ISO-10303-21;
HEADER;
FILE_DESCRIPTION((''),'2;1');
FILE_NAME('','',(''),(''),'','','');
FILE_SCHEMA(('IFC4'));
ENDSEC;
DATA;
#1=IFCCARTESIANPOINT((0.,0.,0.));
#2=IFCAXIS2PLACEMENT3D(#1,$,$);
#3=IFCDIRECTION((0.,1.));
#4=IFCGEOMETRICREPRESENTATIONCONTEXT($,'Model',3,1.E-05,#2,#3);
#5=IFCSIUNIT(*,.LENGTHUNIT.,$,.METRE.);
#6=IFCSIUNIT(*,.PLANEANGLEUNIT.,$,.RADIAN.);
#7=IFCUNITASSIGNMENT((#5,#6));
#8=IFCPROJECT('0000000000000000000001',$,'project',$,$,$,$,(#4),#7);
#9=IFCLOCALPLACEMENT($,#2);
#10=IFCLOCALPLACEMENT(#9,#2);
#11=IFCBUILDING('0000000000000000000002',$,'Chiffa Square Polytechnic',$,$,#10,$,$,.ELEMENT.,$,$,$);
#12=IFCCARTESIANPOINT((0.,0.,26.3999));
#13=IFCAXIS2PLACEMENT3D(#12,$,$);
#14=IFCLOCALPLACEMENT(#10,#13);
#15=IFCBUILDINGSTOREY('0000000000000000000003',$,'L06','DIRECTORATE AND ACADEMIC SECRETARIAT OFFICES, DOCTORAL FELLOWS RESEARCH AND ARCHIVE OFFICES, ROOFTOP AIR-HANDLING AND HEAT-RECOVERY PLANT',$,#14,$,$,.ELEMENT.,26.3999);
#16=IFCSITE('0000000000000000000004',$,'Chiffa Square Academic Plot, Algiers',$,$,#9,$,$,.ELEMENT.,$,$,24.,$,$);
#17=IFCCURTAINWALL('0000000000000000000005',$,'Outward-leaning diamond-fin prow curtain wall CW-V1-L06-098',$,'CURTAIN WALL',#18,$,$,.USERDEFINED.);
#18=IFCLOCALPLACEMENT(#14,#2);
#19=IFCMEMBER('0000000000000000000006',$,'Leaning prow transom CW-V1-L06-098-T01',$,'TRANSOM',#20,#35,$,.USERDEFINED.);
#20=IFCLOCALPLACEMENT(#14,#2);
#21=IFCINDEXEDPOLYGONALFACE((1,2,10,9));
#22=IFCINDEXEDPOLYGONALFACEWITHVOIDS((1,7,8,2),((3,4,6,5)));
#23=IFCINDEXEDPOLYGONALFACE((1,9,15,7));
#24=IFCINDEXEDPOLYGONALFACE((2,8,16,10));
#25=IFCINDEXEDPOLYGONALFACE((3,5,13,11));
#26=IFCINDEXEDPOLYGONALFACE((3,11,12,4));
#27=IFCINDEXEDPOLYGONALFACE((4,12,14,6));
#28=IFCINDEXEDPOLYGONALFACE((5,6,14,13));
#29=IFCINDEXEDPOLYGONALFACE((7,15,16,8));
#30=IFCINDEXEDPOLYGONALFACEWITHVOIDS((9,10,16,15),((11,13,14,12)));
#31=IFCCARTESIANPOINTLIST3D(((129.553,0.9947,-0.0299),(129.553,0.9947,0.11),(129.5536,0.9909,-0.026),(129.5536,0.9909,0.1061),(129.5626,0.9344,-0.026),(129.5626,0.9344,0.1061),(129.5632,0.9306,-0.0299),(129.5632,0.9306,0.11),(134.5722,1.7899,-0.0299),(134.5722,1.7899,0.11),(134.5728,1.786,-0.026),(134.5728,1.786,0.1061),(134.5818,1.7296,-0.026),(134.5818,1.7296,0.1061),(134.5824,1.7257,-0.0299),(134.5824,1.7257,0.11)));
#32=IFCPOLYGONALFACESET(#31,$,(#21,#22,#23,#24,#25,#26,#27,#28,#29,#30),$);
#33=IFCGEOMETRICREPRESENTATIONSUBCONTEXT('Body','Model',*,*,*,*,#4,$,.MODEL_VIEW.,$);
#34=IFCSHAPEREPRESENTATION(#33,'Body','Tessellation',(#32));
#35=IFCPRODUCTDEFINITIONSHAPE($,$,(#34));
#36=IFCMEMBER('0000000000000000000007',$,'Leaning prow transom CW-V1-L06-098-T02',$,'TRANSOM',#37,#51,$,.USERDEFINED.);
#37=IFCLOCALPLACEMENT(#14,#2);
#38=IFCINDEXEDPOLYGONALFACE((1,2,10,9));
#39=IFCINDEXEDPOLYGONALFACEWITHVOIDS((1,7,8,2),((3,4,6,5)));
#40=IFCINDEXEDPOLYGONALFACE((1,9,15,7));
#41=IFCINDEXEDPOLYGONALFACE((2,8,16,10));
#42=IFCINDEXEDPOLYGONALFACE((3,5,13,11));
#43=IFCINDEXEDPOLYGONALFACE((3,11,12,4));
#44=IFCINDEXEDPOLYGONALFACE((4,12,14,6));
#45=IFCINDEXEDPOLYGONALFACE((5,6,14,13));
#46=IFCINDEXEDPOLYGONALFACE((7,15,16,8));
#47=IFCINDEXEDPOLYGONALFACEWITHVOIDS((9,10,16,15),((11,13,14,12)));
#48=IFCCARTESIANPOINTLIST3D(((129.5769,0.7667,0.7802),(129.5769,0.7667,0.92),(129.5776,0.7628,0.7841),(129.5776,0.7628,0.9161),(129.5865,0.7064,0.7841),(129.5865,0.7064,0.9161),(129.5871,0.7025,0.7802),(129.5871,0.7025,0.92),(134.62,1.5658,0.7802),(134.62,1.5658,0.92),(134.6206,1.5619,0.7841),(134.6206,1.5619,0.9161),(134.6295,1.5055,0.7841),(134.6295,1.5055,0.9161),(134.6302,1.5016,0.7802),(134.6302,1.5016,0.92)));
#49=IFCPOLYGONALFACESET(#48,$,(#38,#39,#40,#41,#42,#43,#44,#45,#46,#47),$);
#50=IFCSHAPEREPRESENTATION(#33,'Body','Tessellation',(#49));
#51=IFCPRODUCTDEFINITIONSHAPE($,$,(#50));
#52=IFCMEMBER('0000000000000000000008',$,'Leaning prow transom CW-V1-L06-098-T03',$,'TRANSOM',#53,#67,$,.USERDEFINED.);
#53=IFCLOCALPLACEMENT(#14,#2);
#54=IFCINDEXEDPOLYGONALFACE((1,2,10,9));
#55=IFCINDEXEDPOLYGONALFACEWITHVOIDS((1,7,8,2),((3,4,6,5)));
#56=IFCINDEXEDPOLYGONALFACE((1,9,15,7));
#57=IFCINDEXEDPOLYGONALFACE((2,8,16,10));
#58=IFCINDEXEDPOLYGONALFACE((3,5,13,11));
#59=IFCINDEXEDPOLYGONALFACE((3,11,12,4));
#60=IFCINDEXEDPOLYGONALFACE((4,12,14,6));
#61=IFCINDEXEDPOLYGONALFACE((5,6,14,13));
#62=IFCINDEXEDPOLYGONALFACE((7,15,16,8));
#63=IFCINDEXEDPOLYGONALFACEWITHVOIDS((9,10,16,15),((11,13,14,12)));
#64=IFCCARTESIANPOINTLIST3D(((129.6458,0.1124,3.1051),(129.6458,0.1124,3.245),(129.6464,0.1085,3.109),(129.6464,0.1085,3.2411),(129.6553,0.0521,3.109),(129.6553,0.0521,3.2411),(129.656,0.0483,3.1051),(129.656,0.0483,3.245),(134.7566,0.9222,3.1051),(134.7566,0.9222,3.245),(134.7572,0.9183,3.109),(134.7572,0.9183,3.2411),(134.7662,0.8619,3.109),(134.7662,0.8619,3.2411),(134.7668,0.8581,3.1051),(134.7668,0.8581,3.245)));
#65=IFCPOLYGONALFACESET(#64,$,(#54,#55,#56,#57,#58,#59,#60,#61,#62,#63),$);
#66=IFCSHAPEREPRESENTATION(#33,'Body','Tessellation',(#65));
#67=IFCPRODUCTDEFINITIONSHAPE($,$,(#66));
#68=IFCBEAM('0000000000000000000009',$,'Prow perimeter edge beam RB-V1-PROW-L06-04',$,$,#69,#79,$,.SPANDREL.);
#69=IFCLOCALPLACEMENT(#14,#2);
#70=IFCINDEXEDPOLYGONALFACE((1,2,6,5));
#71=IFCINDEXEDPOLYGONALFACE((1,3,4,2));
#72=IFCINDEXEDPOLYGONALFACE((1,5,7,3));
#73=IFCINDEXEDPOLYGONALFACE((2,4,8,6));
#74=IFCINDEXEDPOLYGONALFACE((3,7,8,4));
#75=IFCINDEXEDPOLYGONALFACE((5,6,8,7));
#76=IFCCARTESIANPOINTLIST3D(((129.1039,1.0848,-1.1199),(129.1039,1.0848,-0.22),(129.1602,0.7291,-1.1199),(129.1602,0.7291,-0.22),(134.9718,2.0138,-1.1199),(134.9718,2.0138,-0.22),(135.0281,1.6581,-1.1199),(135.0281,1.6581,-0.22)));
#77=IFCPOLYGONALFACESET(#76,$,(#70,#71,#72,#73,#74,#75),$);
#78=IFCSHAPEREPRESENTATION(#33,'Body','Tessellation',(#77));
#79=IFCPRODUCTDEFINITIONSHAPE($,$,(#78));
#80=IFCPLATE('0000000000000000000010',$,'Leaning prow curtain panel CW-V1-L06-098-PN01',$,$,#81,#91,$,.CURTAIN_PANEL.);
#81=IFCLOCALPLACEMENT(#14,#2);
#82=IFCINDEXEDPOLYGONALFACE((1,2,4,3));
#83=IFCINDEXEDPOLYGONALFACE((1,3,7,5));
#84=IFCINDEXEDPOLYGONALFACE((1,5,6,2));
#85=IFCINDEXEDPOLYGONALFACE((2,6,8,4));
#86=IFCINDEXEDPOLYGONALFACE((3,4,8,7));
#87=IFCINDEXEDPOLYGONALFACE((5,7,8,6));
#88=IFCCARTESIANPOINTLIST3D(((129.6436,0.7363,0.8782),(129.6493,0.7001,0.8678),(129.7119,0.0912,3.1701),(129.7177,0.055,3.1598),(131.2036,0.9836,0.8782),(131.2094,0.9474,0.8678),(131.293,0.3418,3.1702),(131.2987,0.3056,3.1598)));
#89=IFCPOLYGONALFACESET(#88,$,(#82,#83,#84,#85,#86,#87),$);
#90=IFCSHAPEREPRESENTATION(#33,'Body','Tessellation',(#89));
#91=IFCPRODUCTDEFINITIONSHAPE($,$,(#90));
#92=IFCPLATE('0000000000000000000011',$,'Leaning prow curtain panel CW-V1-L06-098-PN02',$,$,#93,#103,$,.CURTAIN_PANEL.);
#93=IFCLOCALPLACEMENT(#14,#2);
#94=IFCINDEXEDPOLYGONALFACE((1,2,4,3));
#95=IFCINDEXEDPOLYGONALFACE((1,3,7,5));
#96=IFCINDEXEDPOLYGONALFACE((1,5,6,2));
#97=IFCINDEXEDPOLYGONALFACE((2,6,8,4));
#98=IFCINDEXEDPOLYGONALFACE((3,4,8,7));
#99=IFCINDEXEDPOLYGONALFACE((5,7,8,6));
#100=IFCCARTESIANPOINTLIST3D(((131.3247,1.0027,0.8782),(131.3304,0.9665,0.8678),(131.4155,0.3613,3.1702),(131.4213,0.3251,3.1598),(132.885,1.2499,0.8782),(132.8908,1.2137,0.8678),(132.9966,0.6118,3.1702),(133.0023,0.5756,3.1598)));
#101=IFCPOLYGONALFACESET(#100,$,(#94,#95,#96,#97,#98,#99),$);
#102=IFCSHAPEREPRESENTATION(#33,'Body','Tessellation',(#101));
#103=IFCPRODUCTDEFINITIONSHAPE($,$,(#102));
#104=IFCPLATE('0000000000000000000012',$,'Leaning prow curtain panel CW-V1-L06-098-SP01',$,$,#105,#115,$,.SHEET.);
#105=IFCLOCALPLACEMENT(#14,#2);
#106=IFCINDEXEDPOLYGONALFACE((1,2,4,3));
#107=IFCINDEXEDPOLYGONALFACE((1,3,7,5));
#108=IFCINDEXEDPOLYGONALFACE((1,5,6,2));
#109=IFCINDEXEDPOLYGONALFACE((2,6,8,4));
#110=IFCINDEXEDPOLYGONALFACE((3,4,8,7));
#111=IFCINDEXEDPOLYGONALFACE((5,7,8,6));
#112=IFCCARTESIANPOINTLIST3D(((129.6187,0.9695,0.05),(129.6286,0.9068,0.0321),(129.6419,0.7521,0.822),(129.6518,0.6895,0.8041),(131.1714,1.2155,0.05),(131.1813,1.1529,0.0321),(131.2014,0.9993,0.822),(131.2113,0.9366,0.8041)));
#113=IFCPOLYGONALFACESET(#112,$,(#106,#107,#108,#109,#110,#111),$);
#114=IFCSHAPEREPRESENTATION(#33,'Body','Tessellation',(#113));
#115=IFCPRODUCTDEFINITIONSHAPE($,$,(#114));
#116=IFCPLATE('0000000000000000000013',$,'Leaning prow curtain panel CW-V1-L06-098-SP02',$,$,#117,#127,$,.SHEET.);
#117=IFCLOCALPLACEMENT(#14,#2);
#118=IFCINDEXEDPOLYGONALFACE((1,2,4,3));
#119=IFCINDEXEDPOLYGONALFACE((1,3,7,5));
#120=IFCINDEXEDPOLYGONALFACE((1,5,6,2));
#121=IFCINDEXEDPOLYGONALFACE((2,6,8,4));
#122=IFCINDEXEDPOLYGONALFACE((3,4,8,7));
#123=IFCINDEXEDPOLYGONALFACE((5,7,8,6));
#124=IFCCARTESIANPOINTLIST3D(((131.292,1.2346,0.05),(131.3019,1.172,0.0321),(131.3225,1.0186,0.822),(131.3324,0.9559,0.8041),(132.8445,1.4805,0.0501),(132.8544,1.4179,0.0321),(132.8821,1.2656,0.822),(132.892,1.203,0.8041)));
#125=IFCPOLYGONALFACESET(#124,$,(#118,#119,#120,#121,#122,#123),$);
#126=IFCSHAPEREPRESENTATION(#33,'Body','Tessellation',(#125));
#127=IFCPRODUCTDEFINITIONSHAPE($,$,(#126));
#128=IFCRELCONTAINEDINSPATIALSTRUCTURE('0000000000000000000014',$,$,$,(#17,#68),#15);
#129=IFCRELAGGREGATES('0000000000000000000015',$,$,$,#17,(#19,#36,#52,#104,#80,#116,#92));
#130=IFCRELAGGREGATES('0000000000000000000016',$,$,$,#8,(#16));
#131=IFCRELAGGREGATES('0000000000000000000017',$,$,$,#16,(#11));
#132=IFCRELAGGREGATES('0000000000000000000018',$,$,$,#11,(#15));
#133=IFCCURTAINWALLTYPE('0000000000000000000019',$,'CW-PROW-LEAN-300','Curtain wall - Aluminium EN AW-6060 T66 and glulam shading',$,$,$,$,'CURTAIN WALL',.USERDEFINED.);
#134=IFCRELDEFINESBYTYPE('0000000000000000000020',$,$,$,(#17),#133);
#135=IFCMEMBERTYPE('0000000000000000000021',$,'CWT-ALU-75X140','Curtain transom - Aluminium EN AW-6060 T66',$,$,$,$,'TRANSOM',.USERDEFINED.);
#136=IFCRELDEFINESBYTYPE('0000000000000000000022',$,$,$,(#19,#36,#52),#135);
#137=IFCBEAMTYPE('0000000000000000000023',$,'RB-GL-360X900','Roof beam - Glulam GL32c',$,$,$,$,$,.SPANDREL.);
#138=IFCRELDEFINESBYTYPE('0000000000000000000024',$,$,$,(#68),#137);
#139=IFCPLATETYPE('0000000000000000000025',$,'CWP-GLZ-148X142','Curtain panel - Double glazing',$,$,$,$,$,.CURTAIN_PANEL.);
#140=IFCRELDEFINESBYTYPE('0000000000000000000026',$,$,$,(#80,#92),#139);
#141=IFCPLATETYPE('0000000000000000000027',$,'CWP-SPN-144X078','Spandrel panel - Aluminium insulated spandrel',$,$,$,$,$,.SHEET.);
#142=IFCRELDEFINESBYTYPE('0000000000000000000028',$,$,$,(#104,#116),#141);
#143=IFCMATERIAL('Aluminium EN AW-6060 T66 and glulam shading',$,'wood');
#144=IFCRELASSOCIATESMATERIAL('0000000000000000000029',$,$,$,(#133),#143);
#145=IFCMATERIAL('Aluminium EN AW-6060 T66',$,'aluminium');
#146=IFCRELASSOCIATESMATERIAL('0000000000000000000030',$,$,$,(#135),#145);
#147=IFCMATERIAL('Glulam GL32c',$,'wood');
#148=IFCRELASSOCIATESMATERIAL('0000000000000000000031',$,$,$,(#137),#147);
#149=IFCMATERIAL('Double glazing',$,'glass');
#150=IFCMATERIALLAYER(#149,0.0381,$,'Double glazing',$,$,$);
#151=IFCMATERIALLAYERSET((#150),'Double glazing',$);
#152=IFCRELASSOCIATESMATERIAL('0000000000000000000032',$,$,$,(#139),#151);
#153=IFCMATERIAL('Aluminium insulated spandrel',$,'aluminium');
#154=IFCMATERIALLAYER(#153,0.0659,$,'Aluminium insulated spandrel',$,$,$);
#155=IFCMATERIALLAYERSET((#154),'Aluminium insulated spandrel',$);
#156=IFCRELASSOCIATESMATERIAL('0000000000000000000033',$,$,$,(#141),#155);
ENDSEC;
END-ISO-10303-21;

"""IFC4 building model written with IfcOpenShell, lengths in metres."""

from ifc_helpers import new_model, si_unit, direction, frame, origin, origin_2d, place, context, subcontext, project, spatial, polyline, rectangle, hollow_rectangle, outline, extrude, material, layer, layer_set, material_profile, profile_set, type_object, element, aggregate, save


model = new_model("IFC4")

# Units and contexts
model_context = context("Model", 3, precision=1e-05, world=origin(), true_north=direction((0.0, 1.0)))
body_context = subcontext(model_context, "Body", "Model", "MODEL_VIEW")
ifc_project = project(units=[si_unit("LENGTHUNIT", "METRE"), si_unit("PLANEANGLEUNIT", "RADIAN")], contexts=[model_context])

# Site, building, storey
site_placement = place(None, origin())
site = spatial("IfcSite", under=ifc_project, at=site_placement, Name="Chiffa Square Academic Plot, Algiers", CompositionType="ELEMENT", RefElevation=24.0)
building_placement = place(site_placement, origin())
building = spatial("IfcBuilding", under=site, at=building_placement, Name="Chiffa Square Polytechnic", CompositionType="ELEMENT")
storey_placement = place(building_placement, frame((0.0, 0.0, 26.3999)))
storey = spatial("IfcBuildingStorey", under=building, at=storey_placement, Name="L06", Description="DIRECTORATE AND ACADEMIC SECRETARIAT OFFICES, DOCTORAL FELLOWS RESEARCH AND ARCHIVE OFFICES, ROOFTOP AIR-HANDLING AND HEAT-RECOVERY PLANT", CompositionType="ELEMENT", Elevation=26.3999)

# Shared definitions
ifc_material_1 = material(Name="Glulam GL32c", Category="wood")

# Shared definitions
ifc_material_2 = material(Name="Aluminium EN AW-6060 T66 and glulam shading", Category="wood")
ifc_material_3 = material(Name="Aluminium EN AW-6060 T66", Category="aluminium")

# Curtain wall
curtain_wall_type_1 = type_object("IfcCurtainWallType", Name="CW-PROW-LEAN-300", Description="Curtain wall - Aluminium EN AW-6060 T66 and glulam shading", ElementType="CURTAIN WALL", PredefinedType="USERDEFINED", material=ifc_material_2)
curtain_wall_1_placement = place(storey_placement, origin())
curtain_wall_1 = element("IfcCurtainWall", 1, at=curtain_wall_1_placement, inside=storey, type_object=curtain_wall_type_1, Name="Outward-leaning diamond-fin prow curtain wall CW-V1-L06-098", ObjectType="CURTAIN WALL", PredefinedType="USERDEFINED")

# Members
ifc_material_profile_1 = material_profile(ifc_material_3, hollow_rectangle(XDim=0.0649, YDim=0.1399, WallThickness=0.0039, at=origin_2d()), Name="ALU 65x140x4")
ifc_profile_set_1 = profile_set([ifc_material_profile_1], Name="Aluminium EN AW-6060 T66")
member_type_1 = type_object("IfcMemberType", Name="CWT-ALU-75X140", Description="Curtain transom - Aluminium EN AW-6060 T66", ElementType="TRANSOM", PredefinedType="USERDEFINED", material=ifc_profile_set_1)
member_1_placement = place(storey_placement, frame((129.5581, 0.9626, 0.04), z_axis=(0.987683, 0.156471, 0.0), x_axis=(-0.156471, 0.987683, 0.0)))
member_1 = element("IfcMember", 2, at=member_1_placement, type_object=member_type_1, Name="Leaning prow transom CW-V1-L06-098-T01", ObjectType="TRANSOM", PredefinedType="USERDEFINED", context=body_context, shape_type="SweptSolid", body=[
    extrude(hollow_rectangle(XDim=0.0649, YDim=0.1399, WallThickness=0.0039, at=origin_2d()), origin(), (0.0, 0.0, 1.0), 5.0818),
])
member_2_placement = place(storey_placement, frame((129.582, 0.7346, 0.8501), z_axis=(0.987678, 0.1565, 0.0), x_axis=(-0.1565, 0.987678, 0.0)))
member_2 = element("IfcMember", 3, at=member_2_placement, type_object=member_type_1, Name="Leaning prow transom CW-V1-L06-098-T02", ObjectType="TRANSOM", PredefinedType="USERDEFINED", context=body_context, shape_type="SweptSolid", body=[
    extrude(hollow_rectangle(XDim=0.0649, YDim=0.1399, WallThickness=0.0039, at=origin_2d()), origin(), (0.0, 0.0, 1.0), 5.106),
])
member_3_placement = place(storey_placement, frame((129.6509, 0.0803, 3.175), z_axis=(0.987678, 0.156498, 0.0), x_axis=(-0.156498, 0.987678, 0.0)))
member_3 = element("IfcMember", 4, at=member_3_placement, type_object=member_type_1, Name="Leaning prow transom CW-V1-L06-098-T03", ObjectType="TRANSOM", PredefinedType="USERDEFINED", context=body_context, shape_type="SweptSolid", body=[
    extrude(hollow_rectangle(XDim=0.0649, YDim=0.1399, WallThickness=0.0039, at=origin_2d()), origin(), (0.0, 0.0, 1.0), 5.1746),
])

# Beam
ifc_material_profile_2 = material_profile(ifc_material_1, rectangle(XDim=0.3601, YDim=0.8999, at=origin_2d()), Name="GL32c 360x900")
ifc_profile_set_2 = profile_set([ifc_material_profile_2], Name="Glulam GL32c")
beam_type = type_object("IfcBeamType", Name="RB-GL-360X900", Description="Roof beam - Glulam GL32c", PredefinedType="SPANDREL", material=ifc_profile_set_2)
beam_placement = place(storey_placement, frame((129.1321, 0.907, -0.6699), z_axis=(0.9877, 0.156364, 0.0), x_axis=(-0.156364, 0.9877, 0.0)))
element("IfcBeam", 5, at=beam_placement, inside=storey, type_object=beam_type, Name="Prow perimeter edge beam RB-V1-PROW-L06-04", PredefinedType="SPANDREL", context=body_context, shape_type="SweptSolid", body=[
    extrude(rectangle(XDim=0.3601, YDim=0.8999, at=origin_2d()), origin(), (0.0, 0.0, 1.0), 5.9409),
])

# Plates
ifc_material_4 = material(Name="Double glazing", Category="glass")
ifc_layer_1 = layer(ifc_material_4, 0.0381, Name="Double glazing")
ifc_layer_set_1 = layer_set([ifc_layer_1], Name="Double glazing")
plate_type_1 = type_object("IfcPlateType", Name="CWP-GLZ-148X142", Description="Curtain panel - Double glazing", PredefinedType="CURTAIN_PANEL", material=ifc_layer_set_1)
plate_1_placement = place(storey_placement, frame((129.6436, 0.7363, 0.8782), z_axis=(-0.150625, 0.950436, 0.271999), x_axis=(0.987673, 0.15653, -0.000013)))
plate_1 = element("IfcPlate", 6, at=plate_1_placement, type_object=plate_type_1, Name="Leaning prow curtain panel CW-V1-L06-098-PN01", PredefinedType="CURTAIN_PANEL", context=body_context, shape_type="SweptSolid", body=[
    extrude(outline(polyline([(0.0, 0.0), (1.5795, 0.0), (1.5673, -2.3818), (-0.0335, -2.3818), (0.0, 0.0)])), origin(), (0.0, 0.0, -1.0), 0.0381),
])
plate_2_placement = place(storey_placement, frame((131.3247, 1.0027, 0.8782), z_axis=(-0.150615, 0.950451, 0.271952), x_axis=(0.987675, 0.156517, -0.000009)))
plate_2 = element("IfcPlate", 7, at=plate_2_placement, type_object=plate_type_1, Name="Leaning prow curtain panel CW-V1-L06-098-PN02", PredefinedType="CURTAIN_PANEL", context=body_context, shape_type="SweptSolid", body=[
    extrude(outline(polyline([(0.0, 0.0), (1.5798, 0.0), (1.5901, -2.3818), (-0.0107, -2.3817), (0.0, 0.0)])), origin(), (0.0, 0.0, -1.0), 0.0381),
])
ifc_material_5 = material(Name="Aluminium insulated spandrel", Category="aluminium")
ifc_layer_2 = layer(ifc_material_5, 0.0659, Name="Aluminium insulated spandrel")
ifc_layer_set_2 = layer_set([ifc_layer_2], Name="Aluminium insulated spandrel")
plate_type_2 = type_object("IfcPlateType", Name="CWP-SPN-144X078", Description="Spandrel panel - Aluminium insulated spandrel", PredefinedType="SHEET", material=ifc_layer_set_2)
plate_3_placement = place(storey_placement, frame((129.6187, 0.9695, 0.05), z_axis=(-0.150599, 0.950411, 0.2721), x_axis=(0.987677, 0.156506, -0.000009)))
plate_3 = element("IfcPlate", 8, at=plate_3_placement, type_object=plate_type_2, Name="Leaning prow curtain panel CW-V1-L06-098-SP01", PredefinedType="SHEET", context=body_context, shape_type="SweptSolid", body=[
    extrude(outline(polyline([(0.0, 0.0), (1.5721, 0.0), (1.5679, -0.8023), (-0.0111, -0.8022), (0.0, 0.0)])), origin(), (0.0, 0.0, -1.0), 0.0659),
])
plate_4_placement = place(storey_placement, frame((131.292, 1.2346, 0.05), z_axis=(-0.150546, 0.950473, 0.271914), x_axis=(0.987688, 0.156438, 0.000008)))
plate_4 = element("IfcPlate", 9, at=plate_4_placement, type_object=plate_type_2, Name="Leaning prow curtain panel CW-V1-L06-098-SP02", PredefinedType="SHEET", context=body_context, shape_type="SweptSolid", body=[
    extrude(outline(polyline([(0.0, 0.0), (1.5718, 0.0), (1.5754, -0.8022), (-0.0037, -0.8022), (0.0, 0.0)])), origin(), (0.0, 0.0, -1.0), 0.0659),
])
aggregate(curtain_wall_1, [member_1, member_2, member_3, plate_3, plate_1, plate_4, plate_2])

save(model, "model.ifc")
